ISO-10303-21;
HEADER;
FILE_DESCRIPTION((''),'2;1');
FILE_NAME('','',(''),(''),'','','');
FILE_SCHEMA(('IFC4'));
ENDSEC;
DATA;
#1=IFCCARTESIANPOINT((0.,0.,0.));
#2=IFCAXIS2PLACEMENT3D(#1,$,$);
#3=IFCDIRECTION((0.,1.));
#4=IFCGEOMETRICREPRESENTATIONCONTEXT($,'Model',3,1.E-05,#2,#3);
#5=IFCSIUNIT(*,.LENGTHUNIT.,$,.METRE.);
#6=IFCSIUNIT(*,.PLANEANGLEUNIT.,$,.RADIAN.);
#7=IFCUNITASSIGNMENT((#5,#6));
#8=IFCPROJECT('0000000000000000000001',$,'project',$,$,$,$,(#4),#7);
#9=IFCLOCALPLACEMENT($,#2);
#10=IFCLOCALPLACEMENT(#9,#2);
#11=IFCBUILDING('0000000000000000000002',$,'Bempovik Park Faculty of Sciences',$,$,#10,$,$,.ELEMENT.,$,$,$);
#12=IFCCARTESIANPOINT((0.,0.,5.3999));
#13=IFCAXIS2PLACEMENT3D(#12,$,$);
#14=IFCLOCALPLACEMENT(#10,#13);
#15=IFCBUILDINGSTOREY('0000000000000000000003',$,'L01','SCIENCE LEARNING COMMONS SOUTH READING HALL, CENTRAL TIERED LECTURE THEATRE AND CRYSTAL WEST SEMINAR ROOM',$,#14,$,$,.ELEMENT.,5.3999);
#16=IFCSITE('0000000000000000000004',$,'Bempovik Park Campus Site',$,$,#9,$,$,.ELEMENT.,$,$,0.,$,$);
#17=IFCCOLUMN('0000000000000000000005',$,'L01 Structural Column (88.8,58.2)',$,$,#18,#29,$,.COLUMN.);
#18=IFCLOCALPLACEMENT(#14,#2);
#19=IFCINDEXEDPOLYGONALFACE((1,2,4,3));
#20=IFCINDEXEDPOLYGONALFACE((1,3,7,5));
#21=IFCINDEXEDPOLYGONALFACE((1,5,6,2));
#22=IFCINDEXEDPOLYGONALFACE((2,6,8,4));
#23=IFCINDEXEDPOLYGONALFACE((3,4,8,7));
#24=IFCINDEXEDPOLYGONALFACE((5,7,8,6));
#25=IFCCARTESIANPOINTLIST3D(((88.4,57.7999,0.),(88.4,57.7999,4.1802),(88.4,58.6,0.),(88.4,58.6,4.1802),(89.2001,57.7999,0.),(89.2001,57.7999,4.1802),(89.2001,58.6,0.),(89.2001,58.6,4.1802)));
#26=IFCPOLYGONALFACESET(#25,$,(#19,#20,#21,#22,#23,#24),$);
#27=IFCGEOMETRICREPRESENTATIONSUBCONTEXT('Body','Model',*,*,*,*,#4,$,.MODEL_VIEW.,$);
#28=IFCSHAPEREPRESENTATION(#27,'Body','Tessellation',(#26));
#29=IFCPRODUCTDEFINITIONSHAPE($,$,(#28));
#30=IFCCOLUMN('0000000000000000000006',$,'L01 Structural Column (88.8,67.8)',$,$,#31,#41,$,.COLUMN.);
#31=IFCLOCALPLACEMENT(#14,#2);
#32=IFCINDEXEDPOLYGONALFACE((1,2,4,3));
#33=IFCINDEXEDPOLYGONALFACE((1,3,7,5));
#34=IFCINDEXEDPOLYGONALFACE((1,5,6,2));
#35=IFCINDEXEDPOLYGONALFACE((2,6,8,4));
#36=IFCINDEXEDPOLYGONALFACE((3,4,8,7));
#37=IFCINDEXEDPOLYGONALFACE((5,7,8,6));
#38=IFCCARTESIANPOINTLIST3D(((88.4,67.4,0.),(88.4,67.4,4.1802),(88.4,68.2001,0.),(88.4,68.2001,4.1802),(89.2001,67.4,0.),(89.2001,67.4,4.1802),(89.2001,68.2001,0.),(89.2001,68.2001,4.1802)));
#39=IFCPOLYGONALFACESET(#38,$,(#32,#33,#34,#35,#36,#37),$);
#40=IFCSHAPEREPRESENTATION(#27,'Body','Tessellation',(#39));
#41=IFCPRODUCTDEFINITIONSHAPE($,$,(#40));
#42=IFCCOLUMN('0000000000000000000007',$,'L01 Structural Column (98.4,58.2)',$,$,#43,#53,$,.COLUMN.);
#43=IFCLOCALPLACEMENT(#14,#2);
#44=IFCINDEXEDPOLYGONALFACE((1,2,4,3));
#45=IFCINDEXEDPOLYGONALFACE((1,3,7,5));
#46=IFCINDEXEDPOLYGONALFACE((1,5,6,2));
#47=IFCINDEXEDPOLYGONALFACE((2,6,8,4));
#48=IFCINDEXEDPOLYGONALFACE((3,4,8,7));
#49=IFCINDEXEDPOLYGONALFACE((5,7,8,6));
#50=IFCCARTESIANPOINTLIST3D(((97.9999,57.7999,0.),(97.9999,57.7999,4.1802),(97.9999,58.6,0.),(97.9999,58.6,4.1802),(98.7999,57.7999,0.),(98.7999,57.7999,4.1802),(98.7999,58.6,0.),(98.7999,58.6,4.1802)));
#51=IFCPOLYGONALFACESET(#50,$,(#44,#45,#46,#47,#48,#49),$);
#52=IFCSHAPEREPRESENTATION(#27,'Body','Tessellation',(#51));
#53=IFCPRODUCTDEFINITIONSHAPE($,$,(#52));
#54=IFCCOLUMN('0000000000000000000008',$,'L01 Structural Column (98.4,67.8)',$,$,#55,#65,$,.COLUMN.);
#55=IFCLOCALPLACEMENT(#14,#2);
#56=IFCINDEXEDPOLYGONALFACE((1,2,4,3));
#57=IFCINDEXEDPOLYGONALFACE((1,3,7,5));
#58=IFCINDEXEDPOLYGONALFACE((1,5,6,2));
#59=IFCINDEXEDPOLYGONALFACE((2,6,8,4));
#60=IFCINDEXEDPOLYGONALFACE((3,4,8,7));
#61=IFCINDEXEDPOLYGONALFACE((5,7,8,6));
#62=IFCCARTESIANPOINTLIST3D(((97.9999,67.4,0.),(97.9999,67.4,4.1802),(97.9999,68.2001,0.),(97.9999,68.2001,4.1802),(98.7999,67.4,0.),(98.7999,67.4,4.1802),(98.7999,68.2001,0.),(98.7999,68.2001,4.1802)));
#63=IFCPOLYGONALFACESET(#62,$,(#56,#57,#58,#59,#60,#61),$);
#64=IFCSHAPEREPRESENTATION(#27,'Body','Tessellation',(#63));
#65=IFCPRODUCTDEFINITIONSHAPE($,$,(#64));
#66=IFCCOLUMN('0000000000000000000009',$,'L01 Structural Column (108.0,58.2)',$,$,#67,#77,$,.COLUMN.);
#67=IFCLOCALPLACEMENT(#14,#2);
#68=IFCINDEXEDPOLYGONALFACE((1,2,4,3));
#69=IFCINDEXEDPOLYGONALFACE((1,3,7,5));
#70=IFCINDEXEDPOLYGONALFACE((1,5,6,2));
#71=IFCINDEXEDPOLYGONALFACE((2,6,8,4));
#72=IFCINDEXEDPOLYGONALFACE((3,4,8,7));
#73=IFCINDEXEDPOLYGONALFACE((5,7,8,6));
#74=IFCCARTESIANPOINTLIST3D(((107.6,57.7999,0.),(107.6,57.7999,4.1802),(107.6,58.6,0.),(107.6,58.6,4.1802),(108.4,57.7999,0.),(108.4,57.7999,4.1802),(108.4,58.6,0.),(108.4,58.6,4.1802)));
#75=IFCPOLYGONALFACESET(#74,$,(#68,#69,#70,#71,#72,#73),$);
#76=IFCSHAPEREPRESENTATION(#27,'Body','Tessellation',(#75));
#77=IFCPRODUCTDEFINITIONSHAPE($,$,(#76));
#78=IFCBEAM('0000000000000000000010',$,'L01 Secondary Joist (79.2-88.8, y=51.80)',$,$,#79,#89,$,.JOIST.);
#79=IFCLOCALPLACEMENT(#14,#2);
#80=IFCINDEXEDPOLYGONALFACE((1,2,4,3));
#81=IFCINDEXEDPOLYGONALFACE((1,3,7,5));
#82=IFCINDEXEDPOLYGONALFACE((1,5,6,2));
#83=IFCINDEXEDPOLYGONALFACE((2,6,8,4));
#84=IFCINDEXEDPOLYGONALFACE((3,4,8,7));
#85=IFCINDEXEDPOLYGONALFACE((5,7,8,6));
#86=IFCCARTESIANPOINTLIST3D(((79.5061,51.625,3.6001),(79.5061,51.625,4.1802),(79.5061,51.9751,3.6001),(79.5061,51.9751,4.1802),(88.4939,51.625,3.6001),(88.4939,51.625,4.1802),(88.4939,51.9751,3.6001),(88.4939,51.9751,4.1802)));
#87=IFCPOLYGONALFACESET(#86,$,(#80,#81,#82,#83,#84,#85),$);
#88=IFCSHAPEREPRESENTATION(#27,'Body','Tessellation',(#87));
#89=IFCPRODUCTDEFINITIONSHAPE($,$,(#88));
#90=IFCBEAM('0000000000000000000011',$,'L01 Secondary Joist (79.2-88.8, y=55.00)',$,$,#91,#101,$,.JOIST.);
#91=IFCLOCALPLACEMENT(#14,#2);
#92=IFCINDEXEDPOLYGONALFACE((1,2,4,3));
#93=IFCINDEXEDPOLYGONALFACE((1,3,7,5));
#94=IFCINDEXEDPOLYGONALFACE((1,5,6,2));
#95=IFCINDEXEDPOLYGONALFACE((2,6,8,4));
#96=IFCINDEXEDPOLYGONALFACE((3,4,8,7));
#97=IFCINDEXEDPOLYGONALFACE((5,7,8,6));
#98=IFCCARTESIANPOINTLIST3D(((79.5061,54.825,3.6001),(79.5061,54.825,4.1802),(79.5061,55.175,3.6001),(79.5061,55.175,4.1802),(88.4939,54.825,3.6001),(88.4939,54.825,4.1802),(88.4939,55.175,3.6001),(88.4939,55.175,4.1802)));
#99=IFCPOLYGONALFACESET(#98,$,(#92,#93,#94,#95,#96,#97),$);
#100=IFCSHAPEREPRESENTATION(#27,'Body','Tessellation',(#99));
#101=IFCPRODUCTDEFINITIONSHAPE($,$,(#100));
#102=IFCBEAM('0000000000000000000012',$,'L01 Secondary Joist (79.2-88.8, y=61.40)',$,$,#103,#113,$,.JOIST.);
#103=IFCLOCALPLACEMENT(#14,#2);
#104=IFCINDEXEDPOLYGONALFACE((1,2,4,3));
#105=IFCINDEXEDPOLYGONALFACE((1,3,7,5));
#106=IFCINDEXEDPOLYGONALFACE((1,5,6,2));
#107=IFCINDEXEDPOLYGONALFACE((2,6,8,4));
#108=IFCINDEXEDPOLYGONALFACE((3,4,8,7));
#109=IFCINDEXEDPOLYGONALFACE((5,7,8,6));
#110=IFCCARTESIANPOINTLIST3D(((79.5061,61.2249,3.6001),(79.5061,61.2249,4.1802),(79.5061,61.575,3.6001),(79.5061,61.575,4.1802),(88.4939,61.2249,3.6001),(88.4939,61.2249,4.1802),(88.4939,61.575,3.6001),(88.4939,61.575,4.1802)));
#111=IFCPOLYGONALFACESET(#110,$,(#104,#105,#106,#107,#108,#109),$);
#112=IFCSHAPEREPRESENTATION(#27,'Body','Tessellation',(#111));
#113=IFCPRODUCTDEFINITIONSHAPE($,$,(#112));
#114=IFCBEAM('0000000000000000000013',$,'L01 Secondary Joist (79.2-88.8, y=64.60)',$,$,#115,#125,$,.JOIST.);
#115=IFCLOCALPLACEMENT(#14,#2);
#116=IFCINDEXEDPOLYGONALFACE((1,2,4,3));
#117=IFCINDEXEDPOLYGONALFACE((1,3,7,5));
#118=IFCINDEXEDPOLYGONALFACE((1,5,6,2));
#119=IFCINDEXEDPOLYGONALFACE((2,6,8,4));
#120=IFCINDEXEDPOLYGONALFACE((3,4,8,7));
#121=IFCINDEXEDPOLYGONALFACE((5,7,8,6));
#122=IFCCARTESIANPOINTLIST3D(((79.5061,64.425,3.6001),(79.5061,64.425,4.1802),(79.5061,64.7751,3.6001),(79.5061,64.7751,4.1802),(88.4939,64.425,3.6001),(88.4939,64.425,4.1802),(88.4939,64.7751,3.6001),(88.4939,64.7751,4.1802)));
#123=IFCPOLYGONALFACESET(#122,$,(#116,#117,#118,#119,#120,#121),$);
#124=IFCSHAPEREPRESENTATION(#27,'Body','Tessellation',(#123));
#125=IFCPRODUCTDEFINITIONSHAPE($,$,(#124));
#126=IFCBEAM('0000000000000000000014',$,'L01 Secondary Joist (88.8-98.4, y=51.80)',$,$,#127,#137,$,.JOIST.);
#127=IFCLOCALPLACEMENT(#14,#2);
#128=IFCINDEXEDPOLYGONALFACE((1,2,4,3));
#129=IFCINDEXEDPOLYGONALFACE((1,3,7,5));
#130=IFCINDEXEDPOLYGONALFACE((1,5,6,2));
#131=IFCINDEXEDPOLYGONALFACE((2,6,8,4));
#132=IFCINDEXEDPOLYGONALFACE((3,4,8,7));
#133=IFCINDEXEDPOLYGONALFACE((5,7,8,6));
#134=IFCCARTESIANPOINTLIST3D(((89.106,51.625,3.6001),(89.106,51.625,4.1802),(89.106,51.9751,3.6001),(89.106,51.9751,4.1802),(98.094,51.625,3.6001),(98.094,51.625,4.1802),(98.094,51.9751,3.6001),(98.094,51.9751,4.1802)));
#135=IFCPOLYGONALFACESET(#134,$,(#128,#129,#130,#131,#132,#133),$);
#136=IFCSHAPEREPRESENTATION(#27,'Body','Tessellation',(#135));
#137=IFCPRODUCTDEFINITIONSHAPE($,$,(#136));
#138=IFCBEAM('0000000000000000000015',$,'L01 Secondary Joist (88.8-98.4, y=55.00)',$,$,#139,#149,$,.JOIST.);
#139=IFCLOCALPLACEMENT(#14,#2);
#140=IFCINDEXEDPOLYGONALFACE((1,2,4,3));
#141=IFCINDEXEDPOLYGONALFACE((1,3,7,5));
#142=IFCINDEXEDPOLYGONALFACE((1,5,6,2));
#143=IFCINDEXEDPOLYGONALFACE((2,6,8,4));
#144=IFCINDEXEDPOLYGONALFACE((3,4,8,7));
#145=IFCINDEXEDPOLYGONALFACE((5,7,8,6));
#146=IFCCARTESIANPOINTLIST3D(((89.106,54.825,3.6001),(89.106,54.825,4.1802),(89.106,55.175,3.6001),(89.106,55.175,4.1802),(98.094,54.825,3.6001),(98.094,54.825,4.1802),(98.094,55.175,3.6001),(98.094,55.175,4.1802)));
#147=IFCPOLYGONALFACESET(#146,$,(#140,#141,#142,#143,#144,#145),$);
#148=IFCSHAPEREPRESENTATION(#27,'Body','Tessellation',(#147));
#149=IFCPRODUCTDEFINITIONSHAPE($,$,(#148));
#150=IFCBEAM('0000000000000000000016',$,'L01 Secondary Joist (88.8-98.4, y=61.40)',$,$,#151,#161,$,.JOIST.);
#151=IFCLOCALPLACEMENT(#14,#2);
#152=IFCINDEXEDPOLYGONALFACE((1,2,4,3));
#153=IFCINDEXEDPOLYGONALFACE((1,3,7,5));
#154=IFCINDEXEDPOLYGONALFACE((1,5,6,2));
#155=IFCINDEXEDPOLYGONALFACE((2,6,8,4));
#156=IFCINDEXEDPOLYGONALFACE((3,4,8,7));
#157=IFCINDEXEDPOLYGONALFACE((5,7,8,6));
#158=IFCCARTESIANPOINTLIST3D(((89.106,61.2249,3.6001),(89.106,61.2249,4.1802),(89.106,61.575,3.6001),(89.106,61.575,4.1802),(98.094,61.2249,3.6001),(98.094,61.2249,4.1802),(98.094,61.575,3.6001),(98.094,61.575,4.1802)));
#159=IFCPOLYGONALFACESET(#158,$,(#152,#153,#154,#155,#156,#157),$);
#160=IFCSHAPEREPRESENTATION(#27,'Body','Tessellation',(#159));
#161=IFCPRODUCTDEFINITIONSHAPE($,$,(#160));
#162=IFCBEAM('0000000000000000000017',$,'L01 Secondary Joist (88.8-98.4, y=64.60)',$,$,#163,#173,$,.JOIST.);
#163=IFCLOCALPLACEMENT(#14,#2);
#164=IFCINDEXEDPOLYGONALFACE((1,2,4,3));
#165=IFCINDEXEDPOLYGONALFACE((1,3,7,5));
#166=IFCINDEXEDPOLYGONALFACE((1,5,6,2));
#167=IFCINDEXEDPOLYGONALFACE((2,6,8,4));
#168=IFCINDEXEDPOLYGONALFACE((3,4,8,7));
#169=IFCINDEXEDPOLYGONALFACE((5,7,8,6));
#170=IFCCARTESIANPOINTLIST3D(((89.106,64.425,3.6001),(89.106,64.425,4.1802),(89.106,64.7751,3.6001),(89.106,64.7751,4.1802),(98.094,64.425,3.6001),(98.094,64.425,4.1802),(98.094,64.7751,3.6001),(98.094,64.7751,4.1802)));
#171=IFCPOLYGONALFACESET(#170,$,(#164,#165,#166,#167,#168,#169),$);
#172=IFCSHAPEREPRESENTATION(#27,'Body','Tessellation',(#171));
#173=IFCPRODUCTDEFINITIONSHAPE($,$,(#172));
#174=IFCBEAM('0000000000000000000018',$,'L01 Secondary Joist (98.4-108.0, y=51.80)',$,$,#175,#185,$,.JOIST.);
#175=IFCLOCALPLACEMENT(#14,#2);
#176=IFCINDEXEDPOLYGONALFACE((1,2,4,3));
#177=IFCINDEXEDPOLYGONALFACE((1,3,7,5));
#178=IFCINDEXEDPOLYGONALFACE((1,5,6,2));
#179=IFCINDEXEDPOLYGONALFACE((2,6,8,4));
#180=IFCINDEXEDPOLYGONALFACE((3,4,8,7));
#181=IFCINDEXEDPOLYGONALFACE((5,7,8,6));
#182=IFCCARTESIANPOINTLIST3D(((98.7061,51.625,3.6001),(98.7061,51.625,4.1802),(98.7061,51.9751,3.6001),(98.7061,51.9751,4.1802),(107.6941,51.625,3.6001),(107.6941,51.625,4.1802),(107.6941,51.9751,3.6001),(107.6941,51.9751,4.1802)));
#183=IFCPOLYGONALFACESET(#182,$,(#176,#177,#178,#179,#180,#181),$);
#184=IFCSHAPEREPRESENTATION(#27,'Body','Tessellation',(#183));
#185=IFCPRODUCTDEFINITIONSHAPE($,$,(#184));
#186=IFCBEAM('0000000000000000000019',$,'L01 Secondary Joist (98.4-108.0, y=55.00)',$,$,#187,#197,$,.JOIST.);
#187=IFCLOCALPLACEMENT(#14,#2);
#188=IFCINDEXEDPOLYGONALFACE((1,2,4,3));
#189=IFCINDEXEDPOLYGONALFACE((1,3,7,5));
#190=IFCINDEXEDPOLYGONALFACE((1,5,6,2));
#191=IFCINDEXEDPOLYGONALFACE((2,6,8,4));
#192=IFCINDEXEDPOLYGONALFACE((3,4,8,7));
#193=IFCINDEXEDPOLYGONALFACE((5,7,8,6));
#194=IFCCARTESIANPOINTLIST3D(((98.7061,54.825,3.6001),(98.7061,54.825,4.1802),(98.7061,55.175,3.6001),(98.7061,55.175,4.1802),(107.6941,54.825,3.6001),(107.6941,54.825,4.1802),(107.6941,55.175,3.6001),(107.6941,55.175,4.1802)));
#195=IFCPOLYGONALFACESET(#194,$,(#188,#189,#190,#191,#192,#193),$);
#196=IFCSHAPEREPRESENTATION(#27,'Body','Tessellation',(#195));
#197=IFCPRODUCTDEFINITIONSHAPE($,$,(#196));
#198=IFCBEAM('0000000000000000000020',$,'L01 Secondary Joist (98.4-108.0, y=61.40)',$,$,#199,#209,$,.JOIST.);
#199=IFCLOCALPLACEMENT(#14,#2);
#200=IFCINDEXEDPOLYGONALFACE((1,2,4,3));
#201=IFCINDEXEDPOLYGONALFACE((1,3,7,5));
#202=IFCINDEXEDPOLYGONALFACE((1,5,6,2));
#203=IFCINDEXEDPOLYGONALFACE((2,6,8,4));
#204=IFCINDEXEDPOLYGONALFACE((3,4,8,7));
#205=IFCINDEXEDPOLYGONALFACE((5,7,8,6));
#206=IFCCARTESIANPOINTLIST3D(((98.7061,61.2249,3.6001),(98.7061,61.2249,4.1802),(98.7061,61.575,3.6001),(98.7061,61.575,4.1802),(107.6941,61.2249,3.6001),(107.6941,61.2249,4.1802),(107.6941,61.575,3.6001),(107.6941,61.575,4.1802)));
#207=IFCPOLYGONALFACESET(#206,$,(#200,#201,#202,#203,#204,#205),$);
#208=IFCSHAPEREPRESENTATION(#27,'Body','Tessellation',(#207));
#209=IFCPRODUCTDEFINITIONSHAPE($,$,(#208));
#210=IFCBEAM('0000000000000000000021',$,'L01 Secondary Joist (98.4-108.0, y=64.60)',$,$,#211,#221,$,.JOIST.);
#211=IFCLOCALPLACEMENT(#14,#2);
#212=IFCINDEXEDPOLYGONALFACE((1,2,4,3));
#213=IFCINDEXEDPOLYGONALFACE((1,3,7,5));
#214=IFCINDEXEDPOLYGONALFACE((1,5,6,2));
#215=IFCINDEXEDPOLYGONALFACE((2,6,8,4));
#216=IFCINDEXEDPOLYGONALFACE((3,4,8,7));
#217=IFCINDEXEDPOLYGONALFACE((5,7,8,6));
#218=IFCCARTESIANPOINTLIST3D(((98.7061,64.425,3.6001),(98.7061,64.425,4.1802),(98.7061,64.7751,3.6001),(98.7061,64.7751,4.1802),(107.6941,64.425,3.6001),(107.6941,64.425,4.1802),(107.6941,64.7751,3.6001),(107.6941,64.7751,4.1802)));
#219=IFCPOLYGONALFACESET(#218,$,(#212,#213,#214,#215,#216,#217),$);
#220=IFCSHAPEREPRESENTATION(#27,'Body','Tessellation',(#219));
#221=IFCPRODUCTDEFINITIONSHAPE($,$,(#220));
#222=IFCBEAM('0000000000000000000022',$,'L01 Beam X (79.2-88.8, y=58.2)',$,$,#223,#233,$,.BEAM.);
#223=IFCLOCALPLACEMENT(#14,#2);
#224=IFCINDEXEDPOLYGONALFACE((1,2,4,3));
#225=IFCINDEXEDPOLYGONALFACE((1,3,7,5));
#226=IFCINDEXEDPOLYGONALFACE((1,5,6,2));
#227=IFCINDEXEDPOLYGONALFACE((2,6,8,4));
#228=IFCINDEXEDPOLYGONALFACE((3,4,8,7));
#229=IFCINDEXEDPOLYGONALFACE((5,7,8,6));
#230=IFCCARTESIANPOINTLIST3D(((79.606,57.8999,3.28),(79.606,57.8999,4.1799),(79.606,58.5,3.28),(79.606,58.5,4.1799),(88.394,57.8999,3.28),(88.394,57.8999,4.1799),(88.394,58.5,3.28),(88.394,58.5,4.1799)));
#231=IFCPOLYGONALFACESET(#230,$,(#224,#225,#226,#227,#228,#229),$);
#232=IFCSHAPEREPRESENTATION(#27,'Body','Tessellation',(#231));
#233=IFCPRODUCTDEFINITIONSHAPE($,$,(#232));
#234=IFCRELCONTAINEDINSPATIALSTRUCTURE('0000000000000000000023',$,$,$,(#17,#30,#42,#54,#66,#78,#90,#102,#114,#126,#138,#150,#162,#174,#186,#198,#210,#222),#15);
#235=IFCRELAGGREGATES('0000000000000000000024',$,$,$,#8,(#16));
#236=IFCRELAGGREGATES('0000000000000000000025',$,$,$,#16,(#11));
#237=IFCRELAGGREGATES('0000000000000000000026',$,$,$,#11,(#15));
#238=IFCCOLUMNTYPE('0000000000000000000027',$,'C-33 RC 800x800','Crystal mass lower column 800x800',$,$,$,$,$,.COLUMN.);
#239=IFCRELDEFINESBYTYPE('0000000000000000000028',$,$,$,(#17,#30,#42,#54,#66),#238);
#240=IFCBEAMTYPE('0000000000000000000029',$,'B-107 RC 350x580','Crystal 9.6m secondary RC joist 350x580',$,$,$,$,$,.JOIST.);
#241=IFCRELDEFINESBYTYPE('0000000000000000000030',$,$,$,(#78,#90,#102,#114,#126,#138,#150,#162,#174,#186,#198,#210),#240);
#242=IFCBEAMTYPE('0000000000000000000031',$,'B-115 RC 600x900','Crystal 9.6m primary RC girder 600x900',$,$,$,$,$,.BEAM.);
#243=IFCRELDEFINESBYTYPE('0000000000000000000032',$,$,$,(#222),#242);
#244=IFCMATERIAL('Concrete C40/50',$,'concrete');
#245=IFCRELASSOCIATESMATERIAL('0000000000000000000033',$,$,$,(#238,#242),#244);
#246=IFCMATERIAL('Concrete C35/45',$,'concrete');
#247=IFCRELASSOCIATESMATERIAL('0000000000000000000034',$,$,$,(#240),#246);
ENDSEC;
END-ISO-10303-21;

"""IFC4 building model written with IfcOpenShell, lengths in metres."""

from ifc_helpers import new_model, si_unit, direction, frame, origin, origin_2d, place, context, subcontext, project, spatial, rectangle, extrude, material, material_profile, profile_set, type_object, element, save


model = new_model("IFC4")

# Units and contexts
model_context = context("Model", 3, precision=1e-05, world=origin(), true_north=direction((0.0, 1.0)))
body_context = subcontext(model_context, "Body", "Model", "MODEL_VIEW")
ifc_project = project(units=[si_unit("LENGTHUNIT", "METRE"), si_unit("PLANEANGLEUNIT", "RADIAN")], contexts=[model_context])

# Site, building, storey
site_placement = place(None, origin())
site = spatial("IfcSite", under=ifc_project, at=site_placement, Name="Bempovik Park Campus Site", CompositionType="ELEMENT", RefElevation=0.0)
building_placement = place(site_placement, origin())
building = spatial("IfcBuilding", under=site, at=building_placement, Name="Bempovik Park Faculty of Sciences", CompositionType="ELEMENT")
storey_placement = place(building_placement, frame((0.0, 0.0, 5.3999)))
storey = spatial("IfcBuildingStorey", under=building, at=storey_placement, Name="L01", Description="SCIENCE LEARNING COMMONS SOUTH READING HALL, CENTRAL TIERED LECTURE THEATRE AND CRYSTAL WEST SEMINAR ROOM", CompositionType="ELEMENT", Elevation=5.3999)

# Columns
ifc_material_1 = material(Name="Concrete C40/50", Category="concrete")
ifc_material_profile_1 = material_profile(ifc_material_1, rectangle(XDim=0.8, YDim=0.8, at=origin_2d()), Name="RC 800x800")
ifc_profile_set_1 = profile_set([ifc_material_profile_1], Name="Concrete C40/50")
column_type = type_object("IfcColumnType", Name="C-33 RC 800x800", Description="Crystal mass lower column 800x800", PredefinedType="COLUMN", material=ifc_profile_set_1)
for number, where, z_axis, x_axis, name in (
    (1, (88.8, 58.2, 0.0), (0.0, 0.0, 1.0), (1.0, 0.0, 0.0), "L01 Structural Column (88.8,58.2)"),
    (2, (88.8, 67.8, 0.0), (0.0, 0.0, 1.0), (1.0, 0.0, 0.0), "L01 Structural Column (88.8,67.8)"),
    (3, (98.3999, 58.2, 0.0), (0.0, 0.0, 1.0), (1.0, 0.0, 0.0), "L01 Structural Column (98.4,58.2)"),
    (4, (98.3999, 67.8, 0.0), (0.0, 0.0, 1.0), (1.0, 0.0, 0.0), "L01 Structural Column (98.4,67.8)"),
    (5, (108.0, 58.2, 0.0), (0.0, 0.0, 1.0), (1.0, 0.0, 0.0), "L01 Structural Column (108.0,58.2)"),
):
    element("IfcColumn", number, at=place(storey_placement, frame(where, z_axis=z_axis, x_axis=x_axis)), inside=storey, type_object=column_type, Name=name, PredefinedType="COLUMN", context=body_context, shape_type="SweptSolid", body=[
        extrude(rectangle(XDim=0.8, YDim=0.8, at=origin_2d()), origin(), (0.0, 0.0, 1.0), 4.1802),
    ])

# Beams
ifc_material_2 = material(Name="Concrete C35/45", Category="concrete")
ifc_material_profile_2 = material_profile(ifc_material_2, rectangle(XDim=0.3501, YDim=0.5801, at=origin_2d()), Name="RC 350x580")
ifc_profile_set_2 = profile_set([ifc_material_profile_2], Name="Concrete C35/45")
beam_type_1 = type_object("IfcBeamType", Name="B-107 RC 350x580", Description="Crystal 9.6m secondary RC joist 350x580", PredefinedType="JOIST", material=ifc_profile_set_2)
for number, where, z_axis, x_axis, name in (
    (6, (79.5061, 51.8, 3.8901), (1.0, 0.0, 0.0), (0.0, 1.0, 0.0), "L01 Secondary Joist (79.2-88.8, y=51.80)"),
    (7, (79.5061, 55.0, 3.8901), (1.0, 0.0, 0.0), (0.0, 1.0, 0.0), "L01 Secondary Joist (79.2-88.8, y=55.00)"),
    (8, (79.5061, 61.3999, 3.8901), (1.0, 0.0, 0.0), (0.0, 1.0, 0.0), "L01 Secondary Joist (79.2-88.8, y=61.40)"),
    (9, (79.5061, 64.6001, 3.8901), (1.0, 0.0, 0.0), (0.0, 1.0, 0.0), "L01 Secondary Joist (79.2-88.8, y=64.60)"),
):
    element("IfcBeam", number, at=place(storey_placement, frame(where, z_axis=z_axis, x_axis=x_axis)), inside=storey, type_object=beam_type_1, Name=name, PredefinedType="JOIST", context=body_context, shape_type="SweptSolid", body=[
        extrude(rectangle(XDim=0.3501, YDim=0.5801, at=origin_2d()), origin(), (0.0, 0.0, 1.0), 8.9878),
    ])
for number, where, z_axis, x_axis, name in (
    (10, (89.106, 51.8, 3.8901), (1.0, 0.0, 0.0), (0.0, 1.0, 0.0), "L01 Secondary Joist (88.8-98.4, y=51.80)"),
    (11, (89.106, 55.0, 3.8901), (1.0, 0.0, 0.0), (0.0, 1.0, 0.0), "L01 Secondary Joist (88.8-98.4, y=55.00)"),
    (12, (89.106, 61.3999, 3.8901), (1.0, 0.0, 0.0), (0.0, 1.0, 0.0), "L01 Secondary Joist (88.8-98.4, y=61.40)"),
    (13, (89.106, 64.6001, 3.8901), (1.0, 0.0, 0.0), (0.0, 1.0, 0.0), "L01 Secondary Joist (88.8-98.4, y=64.60)"),
    (14, (98.7061, 51.8, 3.8901), (1.0, 0.0, 0.0), (0.0, 1.0, 0.0), "L01 Secondary Joist (98.4-108.0, y=51.80)"),
    (15, (98.7061, 55.0, 3.8901), (1.0, 0.0, 0.0), (0.0, 1.0, 0.0), "L01 Secondary Joist (98.4-108.0, y=55.00)"),
    (16, (98.7061, 61.3999, 3.8901), (1.0, 0.0, 0.0), (0.0, 1.0, 0.0), "L01 Secondary Joist (98.4-108.0, y=61.40)"),
    (17, (98.7061, 64.6001, 3.8901), (1.0, 0.0, 0.0), (0.0, 1.0, 0.0), "L01 Secondary Joist (98.4-108.0, y=64.60)"),
):
    element("IfcBeam", number, at=place(storey_placement, frame(where, z_axis=z_axis, x_axis=x_axis)), inside=storey, type_object=beam_type_1, Name=name, PredefinedType="JOIST", context=body_context, shape_type="SweptSolid", body=[
        extrude(rectangle(XDim=0.3501, YDim=0.5801, at=origin_2d()), origin(), (0.0, 0.0, 1.0), 8.988),
    ])
ifc_material_profile_3 = material_profile(ifc_material_1, rectangle(XDim=0.6001, YDim=0.8999, at=origin_2d()), Name="RC 600x900")
ifc_profile_set_3 = profile_set([ifc_material_profile_3], Name="Concrete C40/50")
beam_type_2 = type_object("IfcBeamType", Name="B-115 RC 600x900", Description="Crystal 9.6m primary RC girder 600x900", PredefinedType="BEAM", material=ifc_profile_set_3)
beam_1_placement = place(storey_placement, frame((79.606, 58.2, 3.73), z_axis=(1.0, 0.0, 0.0), x_axis=(0.0, 1.0, 0.0)))
element("IfcBeam", 18, at=beam_1_placement, inside=storey, type_object=beam_type_2, Name="L01 Beam X (79.2-88.8, y=58.2)", PredefinedType="BEAM", context=body_context, shape_type="SweptSolid", body=[
    extrude(rectangle(XDim=0.6001, YDim=0.8999, at=origin_2d()), origin(), (0.0, 0.0, 1.0), 8.7881),
])

save(model, "model.ifc")
